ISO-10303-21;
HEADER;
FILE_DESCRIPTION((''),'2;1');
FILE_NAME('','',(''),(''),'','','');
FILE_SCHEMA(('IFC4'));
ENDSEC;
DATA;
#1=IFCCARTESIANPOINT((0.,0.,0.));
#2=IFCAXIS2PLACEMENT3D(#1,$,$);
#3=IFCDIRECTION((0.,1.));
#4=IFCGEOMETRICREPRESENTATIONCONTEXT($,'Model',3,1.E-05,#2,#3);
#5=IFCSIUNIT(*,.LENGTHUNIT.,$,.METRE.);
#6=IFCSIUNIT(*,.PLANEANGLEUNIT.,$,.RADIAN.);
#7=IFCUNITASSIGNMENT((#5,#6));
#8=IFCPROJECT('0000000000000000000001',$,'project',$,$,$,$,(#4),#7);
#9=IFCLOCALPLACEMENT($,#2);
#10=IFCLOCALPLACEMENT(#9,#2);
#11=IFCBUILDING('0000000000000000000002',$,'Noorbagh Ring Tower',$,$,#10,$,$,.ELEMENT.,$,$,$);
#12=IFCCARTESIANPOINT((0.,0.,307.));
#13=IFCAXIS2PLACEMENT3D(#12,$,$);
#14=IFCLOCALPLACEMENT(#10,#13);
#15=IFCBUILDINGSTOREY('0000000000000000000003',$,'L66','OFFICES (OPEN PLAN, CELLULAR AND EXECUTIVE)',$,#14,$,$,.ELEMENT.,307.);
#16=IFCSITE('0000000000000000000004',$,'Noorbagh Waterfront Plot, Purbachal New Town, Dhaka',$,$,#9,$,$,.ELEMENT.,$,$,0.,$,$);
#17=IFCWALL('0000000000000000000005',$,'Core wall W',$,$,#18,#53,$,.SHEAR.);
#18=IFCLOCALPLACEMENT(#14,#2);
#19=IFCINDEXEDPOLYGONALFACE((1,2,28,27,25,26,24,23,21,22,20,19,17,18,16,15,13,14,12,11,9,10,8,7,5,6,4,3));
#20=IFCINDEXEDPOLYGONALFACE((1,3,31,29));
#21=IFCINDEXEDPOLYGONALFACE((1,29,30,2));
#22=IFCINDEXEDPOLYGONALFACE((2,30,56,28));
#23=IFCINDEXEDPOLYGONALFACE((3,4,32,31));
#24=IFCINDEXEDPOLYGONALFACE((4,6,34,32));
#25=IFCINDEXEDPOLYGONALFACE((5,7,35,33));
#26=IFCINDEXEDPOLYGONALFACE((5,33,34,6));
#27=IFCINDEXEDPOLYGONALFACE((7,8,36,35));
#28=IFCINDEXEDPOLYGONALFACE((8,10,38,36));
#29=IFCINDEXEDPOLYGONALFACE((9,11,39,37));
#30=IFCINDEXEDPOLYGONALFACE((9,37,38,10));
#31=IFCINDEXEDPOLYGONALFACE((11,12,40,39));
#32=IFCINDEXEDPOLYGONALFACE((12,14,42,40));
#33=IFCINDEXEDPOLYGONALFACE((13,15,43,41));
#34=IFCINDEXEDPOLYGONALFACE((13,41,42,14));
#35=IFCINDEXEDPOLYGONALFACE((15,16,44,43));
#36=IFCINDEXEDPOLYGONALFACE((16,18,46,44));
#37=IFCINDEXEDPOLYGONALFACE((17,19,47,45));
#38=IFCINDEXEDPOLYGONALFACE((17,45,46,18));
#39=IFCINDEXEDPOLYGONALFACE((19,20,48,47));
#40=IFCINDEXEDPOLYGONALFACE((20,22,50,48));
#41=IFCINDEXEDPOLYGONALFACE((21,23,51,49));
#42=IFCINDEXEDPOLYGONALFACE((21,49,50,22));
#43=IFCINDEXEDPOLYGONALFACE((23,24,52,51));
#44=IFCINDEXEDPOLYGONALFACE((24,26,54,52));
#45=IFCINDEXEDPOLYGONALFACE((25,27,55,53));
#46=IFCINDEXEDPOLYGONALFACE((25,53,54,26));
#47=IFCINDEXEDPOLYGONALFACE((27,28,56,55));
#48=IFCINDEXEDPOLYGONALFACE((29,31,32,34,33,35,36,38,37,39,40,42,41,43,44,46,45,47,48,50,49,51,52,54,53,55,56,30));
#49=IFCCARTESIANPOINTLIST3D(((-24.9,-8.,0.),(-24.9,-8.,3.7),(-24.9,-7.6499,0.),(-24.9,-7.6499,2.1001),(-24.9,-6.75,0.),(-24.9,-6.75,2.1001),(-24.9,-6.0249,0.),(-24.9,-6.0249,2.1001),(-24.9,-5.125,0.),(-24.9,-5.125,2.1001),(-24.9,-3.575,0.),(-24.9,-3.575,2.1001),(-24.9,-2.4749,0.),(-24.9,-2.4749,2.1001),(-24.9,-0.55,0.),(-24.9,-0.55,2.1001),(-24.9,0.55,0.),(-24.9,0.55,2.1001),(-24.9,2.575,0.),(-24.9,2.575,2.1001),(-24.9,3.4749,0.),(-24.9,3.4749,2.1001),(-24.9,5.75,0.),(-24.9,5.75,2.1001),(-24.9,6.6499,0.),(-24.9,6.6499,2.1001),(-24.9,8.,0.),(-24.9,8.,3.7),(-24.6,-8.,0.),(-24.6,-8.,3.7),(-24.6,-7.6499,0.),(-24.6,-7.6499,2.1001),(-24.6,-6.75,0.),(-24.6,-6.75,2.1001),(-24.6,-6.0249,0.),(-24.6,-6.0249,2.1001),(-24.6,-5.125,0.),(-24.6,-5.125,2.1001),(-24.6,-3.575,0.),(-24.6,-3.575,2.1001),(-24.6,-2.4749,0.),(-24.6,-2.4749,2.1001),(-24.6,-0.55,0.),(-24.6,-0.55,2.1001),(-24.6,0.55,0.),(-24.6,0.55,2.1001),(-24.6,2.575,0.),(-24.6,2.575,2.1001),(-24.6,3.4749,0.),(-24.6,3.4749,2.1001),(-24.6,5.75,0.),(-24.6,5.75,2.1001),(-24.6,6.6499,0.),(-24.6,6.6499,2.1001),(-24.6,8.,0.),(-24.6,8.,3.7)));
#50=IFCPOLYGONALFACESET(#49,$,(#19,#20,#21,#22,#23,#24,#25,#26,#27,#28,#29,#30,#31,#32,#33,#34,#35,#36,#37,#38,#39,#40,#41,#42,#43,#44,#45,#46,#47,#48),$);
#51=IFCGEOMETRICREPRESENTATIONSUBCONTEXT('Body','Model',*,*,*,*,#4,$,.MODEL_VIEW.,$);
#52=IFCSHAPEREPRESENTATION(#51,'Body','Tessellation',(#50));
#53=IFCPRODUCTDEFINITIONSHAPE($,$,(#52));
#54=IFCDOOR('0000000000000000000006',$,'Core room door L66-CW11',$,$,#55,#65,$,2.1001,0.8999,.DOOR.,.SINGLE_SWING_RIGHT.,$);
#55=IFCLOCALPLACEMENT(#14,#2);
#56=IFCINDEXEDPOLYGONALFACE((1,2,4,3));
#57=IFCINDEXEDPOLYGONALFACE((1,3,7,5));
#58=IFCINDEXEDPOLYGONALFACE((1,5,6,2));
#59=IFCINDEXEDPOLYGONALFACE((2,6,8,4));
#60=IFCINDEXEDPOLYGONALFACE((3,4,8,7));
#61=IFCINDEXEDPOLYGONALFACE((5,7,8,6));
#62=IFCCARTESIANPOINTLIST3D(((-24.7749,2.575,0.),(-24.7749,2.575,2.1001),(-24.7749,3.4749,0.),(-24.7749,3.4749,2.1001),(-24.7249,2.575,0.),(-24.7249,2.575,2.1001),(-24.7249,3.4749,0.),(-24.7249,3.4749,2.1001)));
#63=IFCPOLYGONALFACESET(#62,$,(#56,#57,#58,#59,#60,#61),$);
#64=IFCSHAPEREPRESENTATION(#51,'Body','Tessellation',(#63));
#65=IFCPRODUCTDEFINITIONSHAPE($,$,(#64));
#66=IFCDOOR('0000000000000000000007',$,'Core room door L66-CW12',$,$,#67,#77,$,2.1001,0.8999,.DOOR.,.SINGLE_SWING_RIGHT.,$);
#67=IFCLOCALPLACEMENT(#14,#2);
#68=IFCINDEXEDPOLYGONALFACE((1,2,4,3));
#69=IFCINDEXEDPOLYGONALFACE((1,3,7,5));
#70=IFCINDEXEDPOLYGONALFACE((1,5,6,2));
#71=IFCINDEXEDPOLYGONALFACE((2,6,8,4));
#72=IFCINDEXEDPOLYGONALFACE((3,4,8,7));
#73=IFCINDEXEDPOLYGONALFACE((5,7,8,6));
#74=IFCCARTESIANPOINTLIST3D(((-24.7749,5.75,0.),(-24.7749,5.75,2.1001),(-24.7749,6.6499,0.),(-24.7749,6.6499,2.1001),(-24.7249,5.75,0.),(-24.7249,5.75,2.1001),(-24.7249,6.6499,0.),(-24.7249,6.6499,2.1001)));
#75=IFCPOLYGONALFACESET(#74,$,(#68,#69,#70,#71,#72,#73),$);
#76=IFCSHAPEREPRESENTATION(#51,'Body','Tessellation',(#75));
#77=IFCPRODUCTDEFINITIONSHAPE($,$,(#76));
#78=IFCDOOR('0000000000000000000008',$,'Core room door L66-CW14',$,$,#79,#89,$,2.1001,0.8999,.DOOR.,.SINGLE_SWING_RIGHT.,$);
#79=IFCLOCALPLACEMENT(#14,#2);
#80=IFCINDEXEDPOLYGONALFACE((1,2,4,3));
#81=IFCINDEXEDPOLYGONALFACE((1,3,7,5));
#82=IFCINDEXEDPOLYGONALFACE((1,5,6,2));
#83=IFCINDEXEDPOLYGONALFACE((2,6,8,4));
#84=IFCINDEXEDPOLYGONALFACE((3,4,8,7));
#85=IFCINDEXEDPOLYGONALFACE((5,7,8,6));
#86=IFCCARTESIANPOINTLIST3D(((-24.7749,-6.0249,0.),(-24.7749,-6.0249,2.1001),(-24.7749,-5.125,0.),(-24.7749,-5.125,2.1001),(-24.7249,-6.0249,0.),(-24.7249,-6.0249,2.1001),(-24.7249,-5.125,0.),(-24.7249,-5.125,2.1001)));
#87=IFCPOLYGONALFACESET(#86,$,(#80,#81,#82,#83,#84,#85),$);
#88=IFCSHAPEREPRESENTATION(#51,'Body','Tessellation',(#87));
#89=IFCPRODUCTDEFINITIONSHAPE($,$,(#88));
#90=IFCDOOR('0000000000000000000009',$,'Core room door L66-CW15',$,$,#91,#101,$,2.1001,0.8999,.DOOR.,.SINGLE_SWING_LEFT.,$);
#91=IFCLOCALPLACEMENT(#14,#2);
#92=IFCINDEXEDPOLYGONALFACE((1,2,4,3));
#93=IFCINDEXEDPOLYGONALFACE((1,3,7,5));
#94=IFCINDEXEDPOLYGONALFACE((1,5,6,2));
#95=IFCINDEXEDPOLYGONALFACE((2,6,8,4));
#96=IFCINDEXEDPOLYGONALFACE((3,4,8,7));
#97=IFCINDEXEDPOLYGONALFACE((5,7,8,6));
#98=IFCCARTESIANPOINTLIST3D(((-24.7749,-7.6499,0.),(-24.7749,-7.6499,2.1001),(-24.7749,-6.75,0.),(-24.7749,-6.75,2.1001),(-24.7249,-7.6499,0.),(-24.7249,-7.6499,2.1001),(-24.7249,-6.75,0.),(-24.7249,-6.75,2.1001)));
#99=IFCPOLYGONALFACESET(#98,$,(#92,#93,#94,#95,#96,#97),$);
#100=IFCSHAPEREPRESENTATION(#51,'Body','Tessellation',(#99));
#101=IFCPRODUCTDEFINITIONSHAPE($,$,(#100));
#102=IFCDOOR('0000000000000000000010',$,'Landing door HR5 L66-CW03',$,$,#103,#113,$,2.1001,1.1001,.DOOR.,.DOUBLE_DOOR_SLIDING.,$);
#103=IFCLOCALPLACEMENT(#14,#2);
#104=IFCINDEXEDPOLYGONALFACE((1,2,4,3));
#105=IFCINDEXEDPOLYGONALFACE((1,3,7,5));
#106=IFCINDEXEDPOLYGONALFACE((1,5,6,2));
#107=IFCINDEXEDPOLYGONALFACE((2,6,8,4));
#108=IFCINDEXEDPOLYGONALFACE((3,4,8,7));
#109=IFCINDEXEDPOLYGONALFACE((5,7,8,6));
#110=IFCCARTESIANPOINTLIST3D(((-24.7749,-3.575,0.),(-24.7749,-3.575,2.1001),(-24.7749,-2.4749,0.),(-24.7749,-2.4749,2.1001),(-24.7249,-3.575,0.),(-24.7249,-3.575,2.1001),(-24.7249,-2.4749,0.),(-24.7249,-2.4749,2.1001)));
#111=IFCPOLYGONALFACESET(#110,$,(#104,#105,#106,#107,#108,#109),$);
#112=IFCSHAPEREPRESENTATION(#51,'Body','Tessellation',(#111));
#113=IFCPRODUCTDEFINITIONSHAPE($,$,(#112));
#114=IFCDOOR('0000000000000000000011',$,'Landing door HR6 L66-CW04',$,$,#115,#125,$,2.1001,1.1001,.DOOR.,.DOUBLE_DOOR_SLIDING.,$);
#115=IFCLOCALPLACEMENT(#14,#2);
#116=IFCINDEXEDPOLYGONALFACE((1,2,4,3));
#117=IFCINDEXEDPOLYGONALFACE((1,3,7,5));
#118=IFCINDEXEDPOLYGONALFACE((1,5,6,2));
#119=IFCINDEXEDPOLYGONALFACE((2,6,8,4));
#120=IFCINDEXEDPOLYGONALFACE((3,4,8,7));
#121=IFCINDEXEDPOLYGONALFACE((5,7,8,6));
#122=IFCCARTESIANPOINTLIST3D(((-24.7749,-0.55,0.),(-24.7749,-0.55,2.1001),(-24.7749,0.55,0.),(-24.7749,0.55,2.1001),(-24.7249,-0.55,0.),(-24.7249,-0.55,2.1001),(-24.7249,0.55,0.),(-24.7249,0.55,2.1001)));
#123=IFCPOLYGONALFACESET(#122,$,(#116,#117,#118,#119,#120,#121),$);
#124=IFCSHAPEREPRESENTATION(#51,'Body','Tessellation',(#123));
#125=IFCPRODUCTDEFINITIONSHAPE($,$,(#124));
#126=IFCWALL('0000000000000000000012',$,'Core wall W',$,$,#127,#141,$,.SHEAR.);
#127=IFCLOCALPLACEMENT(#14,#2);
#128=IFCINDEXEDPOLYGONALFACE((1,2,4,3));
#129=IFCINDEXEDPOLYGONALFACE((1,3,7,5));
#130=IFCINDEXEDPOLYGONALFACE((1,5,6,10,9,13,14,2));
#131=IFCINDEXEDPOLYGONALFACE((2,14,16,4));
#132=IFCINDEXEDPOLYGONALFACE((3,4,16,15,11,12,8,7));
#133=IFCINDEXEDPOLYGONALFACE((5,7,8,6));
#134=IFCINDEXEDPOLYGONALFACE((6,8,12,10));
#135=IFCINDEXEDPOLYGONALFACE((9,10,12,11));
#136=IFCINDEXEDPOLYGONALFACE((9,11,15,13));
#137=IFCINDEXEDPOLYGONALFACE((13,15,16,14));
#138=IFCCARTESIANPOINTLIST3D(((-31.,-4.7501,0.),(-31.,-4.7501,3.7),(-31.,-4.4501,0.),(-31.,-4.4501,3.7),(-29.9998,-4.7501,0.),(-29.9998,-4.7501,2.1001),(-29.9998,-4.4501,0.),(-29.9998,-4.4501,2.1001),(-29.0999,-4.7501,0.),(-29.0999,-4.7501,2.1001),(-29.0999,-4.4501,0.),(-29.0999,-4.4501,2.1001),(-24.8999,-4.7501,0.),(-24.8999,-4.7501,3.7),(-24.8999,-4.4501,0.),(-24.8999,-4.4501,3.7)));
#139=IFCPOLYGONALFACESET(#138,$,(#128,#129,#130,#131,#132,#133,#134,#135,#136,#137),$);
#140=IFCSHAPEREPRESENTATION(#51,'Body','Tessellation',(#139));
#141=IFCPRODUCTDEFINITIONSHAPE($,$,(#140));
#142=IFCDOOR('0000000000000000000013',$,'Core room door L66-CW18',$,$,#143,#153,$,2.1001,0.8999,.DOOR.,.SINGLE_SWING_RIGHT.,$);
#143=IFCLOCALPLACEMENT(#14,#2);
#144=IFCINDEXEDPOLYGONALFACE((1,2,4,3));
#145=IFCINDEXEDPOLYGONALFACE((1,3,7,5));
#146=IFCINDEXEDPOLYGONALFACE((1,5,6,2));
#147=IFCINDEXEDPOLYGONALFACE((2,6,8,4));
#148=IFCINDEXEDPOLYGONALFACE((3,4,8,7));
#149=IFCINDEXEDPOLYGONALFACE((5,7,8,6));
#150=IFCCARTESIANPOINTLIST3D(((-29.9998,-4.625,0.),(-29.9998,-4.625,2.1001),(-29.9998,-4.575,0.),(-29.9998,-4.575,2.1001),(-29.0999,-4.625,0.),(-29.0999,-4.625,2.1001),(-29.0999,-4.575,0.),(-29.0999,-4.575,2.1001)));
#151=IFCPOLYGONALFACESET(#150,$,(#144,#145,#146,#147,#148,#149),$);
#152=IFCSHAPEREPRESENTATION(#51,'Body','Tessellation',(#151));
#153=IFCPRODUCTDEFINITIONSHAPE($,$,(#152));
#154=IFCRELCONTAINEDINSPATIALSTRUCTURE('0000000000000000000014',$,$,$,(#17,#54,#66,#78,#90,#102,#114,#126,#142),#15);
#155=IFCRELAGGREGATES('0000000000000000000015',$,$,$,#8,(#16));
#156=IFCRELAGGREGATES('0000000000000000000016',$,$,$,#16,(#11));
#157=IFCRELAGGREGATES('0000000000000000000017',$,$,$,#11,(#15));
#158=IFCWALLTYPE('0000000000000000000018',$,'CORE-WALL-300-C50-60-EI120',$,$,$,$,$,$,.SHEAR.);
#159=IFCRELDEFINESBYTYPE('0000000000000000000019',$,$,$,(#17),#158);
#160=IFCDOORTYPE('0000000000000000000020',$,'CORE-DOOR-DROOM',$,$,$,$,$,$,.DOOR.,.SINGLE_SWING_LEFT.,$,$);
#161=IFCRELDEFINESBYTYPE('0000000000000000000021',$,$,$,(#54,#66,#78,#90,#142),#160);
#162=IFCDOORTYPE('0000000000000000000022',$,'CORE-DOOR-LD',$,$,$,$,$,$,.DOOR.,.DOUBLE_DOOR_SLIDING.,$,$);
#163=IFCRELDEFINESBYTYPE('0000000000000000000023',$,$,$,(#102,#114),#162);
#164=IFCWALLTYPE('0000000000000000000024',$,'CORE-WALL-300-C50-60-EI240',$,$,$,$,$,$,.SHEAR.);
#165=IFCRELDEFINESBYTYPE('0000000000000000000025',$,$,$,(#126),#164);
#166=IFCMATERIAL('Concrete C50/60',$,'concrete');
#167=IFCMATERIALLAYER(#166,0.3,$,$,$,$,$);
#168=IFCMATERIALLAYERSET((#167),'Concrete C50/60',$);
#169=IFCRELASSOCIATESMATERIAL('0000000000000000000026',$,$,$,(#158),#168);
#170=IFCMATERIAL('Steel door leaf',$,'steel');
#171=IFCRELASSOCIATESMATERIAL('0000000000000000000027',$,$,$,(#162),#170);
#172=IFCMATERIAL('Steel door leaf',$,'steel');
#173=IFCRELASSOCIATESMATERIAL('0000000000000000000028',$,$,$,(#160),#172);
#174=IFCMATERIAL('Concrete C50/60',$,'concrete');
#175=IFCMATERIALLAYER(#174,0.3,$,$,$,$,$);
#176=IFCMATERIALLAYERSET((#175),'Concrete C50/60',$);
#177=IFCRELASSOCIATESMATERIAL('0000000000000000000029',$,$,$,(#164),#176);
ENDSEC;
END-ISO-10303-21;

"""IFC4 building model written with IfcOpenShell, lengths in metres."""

from ifc_helpers import new_model, si_unit, direction, frame, frame_2d, origin, place, context, subcontext, project, spatial, rectangle, extrude, material, layer, layer_set, type_object, element, fill, save


model = new_model("IFC4")

# Units and contexts
model_context = context("Model", 3, precision=1e-05, world=origin(), true_north=direction((0.0, 1.0)))
body_context = subcontext(model_context, "Body", "Model", "MODEL_VIEW")
ifc_project = project(units=[si_unit("LENGTHUNIT", "METRE"), si_unit("PLANEANGLEUNIT", "RADIAN")], contexts=[model_context])

# Site, building, storey
site_placement = place(None, origin())
site = spatial("IfcSite", under=ifc_project, at=site_placement, Name="Noorbagh Waterfront Plot, Purbachal New Town, Dhaka", CompositionType="ELEMENT", RefElevation=0.0)
building_placement = place(site_placement, origin())
building = spatial("IfcBuilding", under=site, at=building_placement, Name="Noorbagh Ring Tower", CompositionType="ELEMENT")
storey_placement = place(building_placement, frame((0.0, 0.0, 307.0)))
storey = spatial("IfcBuildingStorey", under=building, at=storey_placement, Name="L66", Description="OFFICES (OPEN PLAN, CELLULAR AND EXECUTIVE)", CompositionType="ELEMENT", Elevation=307.0)

# Shared definitions
ifc_material_1 = material(Name="Concrete C50/60", Category="concrete")
ifc_layer_1 = layer(ifc_material_1, 0.3)
ifc_layer_set_1 = layer_set([ifc_layer_1], Name="Concrete C50/60")
wall_type_1 = type_object("IfcWallType", Name="CORE-WALL-300-C50-60-EI120", PredefinedType="SHEAR", material=ifc_layer_set_1)

# Wall, openings, doors
ifc_material_2 = material(Name="Steel door leaf", Category="steel")
door_type_1 = type_object("IfcDoorType", Name="CORE-DOOR-LD", OperationType="DOUBLE_DOOR_SLIDING", PredefinedType="DOOR", material=ifc_material_2)
wall_1_placement = place(storey_placement, frame((-24.75, -8.0, 0.0), z_axis=(0.0, 0.0, 1.0), x_axis=(0.0, 1.0, 0.0)))
wall_1 = element("IfcWall", 1, at=wall_1_placement, inside=storey, type_object=wall_type_1, Name="Core wall W", PredefinedType="SHEAR", context=body_context, shape_type="SweptSolid", body=[
    extrude(rectangle(XDim=16.0, YDim=0.3, at=frame_2d((8.0, 0.0))), origin(), (0.0, 0.0, 1.0), 3.7),
])
opening_1_placement = place(wall_1_placement, frame((4.425, 0.0, 0.0)))
opening_1 = element("IfcOpeningElement", 2, at=opening_1_placement, cuts=wall_1, PredefinedType="OPENING", context=body_context, shape_type="SweptSolid", body=[
    extrude(rectangle(XDim=1.1001, YDim=2.1001, at=frame_2d((0.55, 1.05))), frame((0.0, 0.1602, 0.0), z_axis=(0.0, -1.0, 0.0), x_axis=(1.0, 0.0, 0.0)), (0.0, 0.0, 1.0), 0.3201),
])
opening_2_placement = place(wall_1_placement, frame((7.45, 0.0, 0.0)))
opening_2 = element("IfcOpeningElement", 3, at=opening_2_placement, cuts=wall_1, PredefinedType="OPENING", context=body_context, shape_type="SweptSolid", body=[
    extrude(rectangle(XDim=1.1001, YDim=2.1001, at=frame_2d((0.55, 1.05))), frame((0.0, 0.1602, 0.0), z_axis=(0.0, -1.0, 0.0), x_axis=(1.0, 0.0, 0.0)), (0.0, 0.0, 1.0), 0.3201),
])
opening_3_placement = place(wall_1_placement, frame((10.575, 0.0, 0.0)))
opening_3 = element("IfcOpeningElement", 4, at=opening_3_placement, cuts=wall_1, PredefinedType="OPENING", context=body_context, shape_type="SweptSolid", body=[
    extrude(rectangle(XDim=0.8999, YDim=2.1001, at=frame_2d((0.45, 1.05))), frame((0.0, 0.1602, 0.0), z_axis=(0.0, -1.0, 0.0), x_axis=(1.0, 0.0, 0.0)), (0.0, 0.0, 1.0), 0.3201),
])
opening_4_placement = place(wall_1_placement, frame((13.75, 0.0, 0.0)))
opening_4 = element("IfcOpeningElement", 5, at=opening_4_placement, cuts=wall_1, PredefinedType="OPENING", context=body_context, shape_type="SweptSolid", body=[
    extrude(rectangle(XDim=0.8999, YDim=2.1001, at=frame_2d((0.45, 1.05))), frame((0.0, 0.1602, 0.0), z_axis=(0.0, -1.0, 0.0), x_axis=(1.0, 0.0, 0.0)), (0.0, 0.0, 1.0), 0.3201),
])
opening_5_placement = place(wall_1_placement, frame((1.9751, 0.0, 0.0)))
opening_5 = element("IfcOpeningElement", 6, at=opening_5_placement, cuts=wall_1, PredefinedType="OPENING", context=body_context, shape_type="SweptSolid", body=[
    extrude(rectangle(XDim=0.8999, YDim=2.1001, at=frame_2d((0.45, 1.05))), frame((0.0, 0.1602, 0.0), z_axis=(0.0, -1.0, 0.0), x_axis=(1.0, 0.0, 0.0)), (0.0, 0.0, 1.0), 0.3201),
])
opening_6_placement = place(wall_1_placement, frame((0.3501, 0.0, 0.0)))
opening_6 = element("IfcOpeningElement", 7, at=opening_6_placement, cuts=wall_1, PredefinedType="OPENING", context=body_context, shape_type="SweptSolid", body=[
    extrude(rectangle(XDim=0.8999, YDim=2.1001, at=frame_2d((0.45, 1.05))), frame((0.0, 0.1602, 0.0), z_axis=(0.0, -1.0, 0.0), x_axis=(1.0, 0.0, 0.0)), (0.0, 0.0, 1.0), 0.3201),
])
ifc_material_3 = material(Name="Steel door leaf", Category="steel")
door_type_2 = type_object("IfcDoorType", Name="CORE-DOOR-DROOM", OperationType="SINGLE_SWING_LEFT", PredefinedType="DOOR", material=ifc_material_3)
door_1_placement = place(opening_3_placement, origin())
door_1 = element("IfcDoor", 8, at=door_1_placement, inside=storey, type_object=door_type_2, Name="Core room door L66-CW11", OperationType="SINGLE_SWING_RIGHT", OverallHeight=2.1001, OverallWidth=0.8999, PredefinedType="DOOR", context=body_context, shape_type="SweptSolid", body=[
    extrude(rectangle(XDim=0.8999, YDim=2.1001, at=frame_2d((0.45, 1.05))), frame((0.0, 0.0249, 0.0), z_axis=(0.0, -1.0, 0.0), x_axis=(1.0, 0.0, 0.0)), (0.0, 0.0, 1.0), 0.05),
])
fill(opening_3, door_1)
door_2_placement = place(opening_4_placement, origin())
door_2 = element("IfcDoor", 9, at=door_2_placement, inside=storey, type_object=door_type_2, Name="Core room door L66-CW12", OperationType="SINGLE_SWING_RIGHT", OverallHeight=2.1001, OverallWidth=0.8999, PredefinedType="DOOR", context=body_context, shape_type="SweptSolid", body=[
    extrude(rectangle(XDim=0.8999, YDim=2.1001, at=frame_2d((0.45, 1.05))), frame((0.0, 0.0249, 0.0), z_axis=(0.0, -1.0, 0.0), x_axis=(1.0, 0.0, 0.0)), (0.0, 0.0, 1.0), 0.05),
])
fill(opening_4, door_2)
door_3_placement = place(opening_5_placement, origin())
door_3 = element("IfcDoor", 10, at=door_3_placement, inside=storey, type_object=door_type_2, Name="Core room door L66-CW14", OperationType="SINGLE_SWING_RIGHT", OverallHeight=2.1001, OverallWidth=0.8999, PredefinedType="DOOR", context=body_context, shape_type="SweptSolid", body=[
    extrude(rectangle(XDim=0.8999, YDim=2.1001, at=frame_2d((0.45, 1.05))), frame((0.0, 0.0249, 0.0), z_axis=(0.0, -1.0, 0.0), x_axis=(1.0, 0.0, 0.0)), (0.0, 0.0, 1.0), 0.05),
])
fill(opening_5, door_3)
door_4_placement = place(opening_6_placement, origin())
door_4 = element("IfcDoor", 11, at=door_4_placement, inside=storey, type_object=door_type_2, Name="Core room door L66-CW15", OperationType="SINGLE_SWING_LEFT", OverallHeight=2.1001, OverallWidth=0.8999, PredefinedType="DOOR", context=body_context, shape_type="SweptSolid", body=[
    extrude(rectangle(XDim=0.8999, YDim=2.1001, at=frame_2d((0.45, 1.05))), frame((0.0, 0.0249, 0.0), z_axis=(0.0, -1.0, 0.0), x_axis=(1.0, 0.0, 0.0)), (0.0, 0.0, 1.0), 0.05),
])
fill(opening_6, door_4)
door_5_placement = place(opening_1_placement, origin())
door_5 = element("IfcDoor", 12, at=door_5_placement, inside=storey, type_object=door_type_1, Name="Landing door HR5 L66-CW03", OperationType="DOUBLE_DOOR_SLIDING", OverallHeight=2.1001, OverallWidth=1.1001, PredefinedType="DOOR", context=body_context, shape_type="SweptSolid", body=[
    extrude(rectangle(XDim=1.1001, YDim=2.1001, at=frame_2d((0.55, 1.05))), frame((0.0, 0.0249, 0.0), z_axis=(0.0, -1.0, 0.0), x_axis=(1.0, 0.0, 0.0)), (0.0, 0.0, 1.0), 0.05),
])
fill(opening_1, door_5)
door_6_placement = place(opening_2_placement, origin())
door_6 = element("IfcDoor", 13, at=door_6_placement, inside=storey, type_object=door_type_1, Name="Landing door HR6 L66-CW04", OperationType="DOUBLE_DOOR_SLIDING", OverallHeight=2.1001, OverallWidth=1.1001, PredefinedType="DOOR", context=body_context, shape_type="SweptSolid", body=[
    extrude(rectangle(XDim=1.1001, YDim=2.1001, at=frame_2d((0.55, 1.05))), frame((0.0, 0.0249, 0.0), z_axis=(0.0, -1.0, 0.0), x_axis=(1.0, 0.0, 0.0)), (0.0, 0.0, 1.0), 0.05),
])
fill(opening_2, door_6)

# Wall, opening, door
ifc_material_4 = material(Name="Concrete C50/60", Category="concrete")
ifc_layer_2 = layer(ifc_material_4, 0.3)
ifc_layer_set_2 = layer_set([ifc_layer_2], Name="Concrete C50/60")
wall_type_2 = type_object("IfcWallType", Name="CORE-WALL-300-C50-60-EI240", PredefinedType="SHEAR", material=ifc_layer_set_2)
wall_2_placement = place(storey_placement, frame((-24.8999, -4.6001, 0.0), z_axis=(0.0, 0.0, 1.0), x_axis=(-1.0, 0.0, 0.0)))
wall_2 = element("IfcWall", 14, at=wall_2_placement, inside=storey, type_object=wall_type_2, Name="Core wall W", PredefinedType="SHEAR", context=body_context, shape_type="SweptSolid", body=[
    extrude(rectangle(XDim=6.1001, YDim=0.3, at=frame_2d((3.05, 0.0))), origin(), (0.0, 0.0, 1.0), 3.7),
])
opening_7_placement = place(wall_2_placement, frame((4.2, 0.0, 0.0)))
opening_7 = element("IfcOpeningElement", 15, at=opening_7_placement, cuts=wall_2, PredefinedType="OPENING", context=body_context, shape_type="SweptSolid", body=[
    extrude(rectangle(XDim=0.8999, YDim=2.1001, at=frame_2d((0.45, 1.05))), frame((0.0, 0.1602, 0.0), z_axis=(0.0, -1.0, 0.0), x_axis=(1.0, 0.0, 0.0)), (0.0, 0.0, 1.0), 0.3201),
])
door_7_placement = place(opening_7_placement, origin())
door_7 = element("IfcDoor", 16, at=door_7_placement, inside=storey, type_object=door_type_2, Name="Core room door L66-CW18", OperationType="SINGLE_SWING_RIGHT", OverallHeight=2.1001, OverallWidth=0.8999, PredefinedType="DOOR", context=body_context, shape_type="SweptSolid", body=[
    extrude(rectangle(XDim=0.8999, YDim=2.1001, at=frame_2d((0.45, 1.05))), frame((0.0, 0.0249, 0.0), z_axis=(0.0, -1.0, 0.0), x_axis=(1.0, 0.0, 0.0)), (0.0, 0.0, 1.0), 0.05),
])
fill(opening_7, door_7)

save(model, "model.ifc")
